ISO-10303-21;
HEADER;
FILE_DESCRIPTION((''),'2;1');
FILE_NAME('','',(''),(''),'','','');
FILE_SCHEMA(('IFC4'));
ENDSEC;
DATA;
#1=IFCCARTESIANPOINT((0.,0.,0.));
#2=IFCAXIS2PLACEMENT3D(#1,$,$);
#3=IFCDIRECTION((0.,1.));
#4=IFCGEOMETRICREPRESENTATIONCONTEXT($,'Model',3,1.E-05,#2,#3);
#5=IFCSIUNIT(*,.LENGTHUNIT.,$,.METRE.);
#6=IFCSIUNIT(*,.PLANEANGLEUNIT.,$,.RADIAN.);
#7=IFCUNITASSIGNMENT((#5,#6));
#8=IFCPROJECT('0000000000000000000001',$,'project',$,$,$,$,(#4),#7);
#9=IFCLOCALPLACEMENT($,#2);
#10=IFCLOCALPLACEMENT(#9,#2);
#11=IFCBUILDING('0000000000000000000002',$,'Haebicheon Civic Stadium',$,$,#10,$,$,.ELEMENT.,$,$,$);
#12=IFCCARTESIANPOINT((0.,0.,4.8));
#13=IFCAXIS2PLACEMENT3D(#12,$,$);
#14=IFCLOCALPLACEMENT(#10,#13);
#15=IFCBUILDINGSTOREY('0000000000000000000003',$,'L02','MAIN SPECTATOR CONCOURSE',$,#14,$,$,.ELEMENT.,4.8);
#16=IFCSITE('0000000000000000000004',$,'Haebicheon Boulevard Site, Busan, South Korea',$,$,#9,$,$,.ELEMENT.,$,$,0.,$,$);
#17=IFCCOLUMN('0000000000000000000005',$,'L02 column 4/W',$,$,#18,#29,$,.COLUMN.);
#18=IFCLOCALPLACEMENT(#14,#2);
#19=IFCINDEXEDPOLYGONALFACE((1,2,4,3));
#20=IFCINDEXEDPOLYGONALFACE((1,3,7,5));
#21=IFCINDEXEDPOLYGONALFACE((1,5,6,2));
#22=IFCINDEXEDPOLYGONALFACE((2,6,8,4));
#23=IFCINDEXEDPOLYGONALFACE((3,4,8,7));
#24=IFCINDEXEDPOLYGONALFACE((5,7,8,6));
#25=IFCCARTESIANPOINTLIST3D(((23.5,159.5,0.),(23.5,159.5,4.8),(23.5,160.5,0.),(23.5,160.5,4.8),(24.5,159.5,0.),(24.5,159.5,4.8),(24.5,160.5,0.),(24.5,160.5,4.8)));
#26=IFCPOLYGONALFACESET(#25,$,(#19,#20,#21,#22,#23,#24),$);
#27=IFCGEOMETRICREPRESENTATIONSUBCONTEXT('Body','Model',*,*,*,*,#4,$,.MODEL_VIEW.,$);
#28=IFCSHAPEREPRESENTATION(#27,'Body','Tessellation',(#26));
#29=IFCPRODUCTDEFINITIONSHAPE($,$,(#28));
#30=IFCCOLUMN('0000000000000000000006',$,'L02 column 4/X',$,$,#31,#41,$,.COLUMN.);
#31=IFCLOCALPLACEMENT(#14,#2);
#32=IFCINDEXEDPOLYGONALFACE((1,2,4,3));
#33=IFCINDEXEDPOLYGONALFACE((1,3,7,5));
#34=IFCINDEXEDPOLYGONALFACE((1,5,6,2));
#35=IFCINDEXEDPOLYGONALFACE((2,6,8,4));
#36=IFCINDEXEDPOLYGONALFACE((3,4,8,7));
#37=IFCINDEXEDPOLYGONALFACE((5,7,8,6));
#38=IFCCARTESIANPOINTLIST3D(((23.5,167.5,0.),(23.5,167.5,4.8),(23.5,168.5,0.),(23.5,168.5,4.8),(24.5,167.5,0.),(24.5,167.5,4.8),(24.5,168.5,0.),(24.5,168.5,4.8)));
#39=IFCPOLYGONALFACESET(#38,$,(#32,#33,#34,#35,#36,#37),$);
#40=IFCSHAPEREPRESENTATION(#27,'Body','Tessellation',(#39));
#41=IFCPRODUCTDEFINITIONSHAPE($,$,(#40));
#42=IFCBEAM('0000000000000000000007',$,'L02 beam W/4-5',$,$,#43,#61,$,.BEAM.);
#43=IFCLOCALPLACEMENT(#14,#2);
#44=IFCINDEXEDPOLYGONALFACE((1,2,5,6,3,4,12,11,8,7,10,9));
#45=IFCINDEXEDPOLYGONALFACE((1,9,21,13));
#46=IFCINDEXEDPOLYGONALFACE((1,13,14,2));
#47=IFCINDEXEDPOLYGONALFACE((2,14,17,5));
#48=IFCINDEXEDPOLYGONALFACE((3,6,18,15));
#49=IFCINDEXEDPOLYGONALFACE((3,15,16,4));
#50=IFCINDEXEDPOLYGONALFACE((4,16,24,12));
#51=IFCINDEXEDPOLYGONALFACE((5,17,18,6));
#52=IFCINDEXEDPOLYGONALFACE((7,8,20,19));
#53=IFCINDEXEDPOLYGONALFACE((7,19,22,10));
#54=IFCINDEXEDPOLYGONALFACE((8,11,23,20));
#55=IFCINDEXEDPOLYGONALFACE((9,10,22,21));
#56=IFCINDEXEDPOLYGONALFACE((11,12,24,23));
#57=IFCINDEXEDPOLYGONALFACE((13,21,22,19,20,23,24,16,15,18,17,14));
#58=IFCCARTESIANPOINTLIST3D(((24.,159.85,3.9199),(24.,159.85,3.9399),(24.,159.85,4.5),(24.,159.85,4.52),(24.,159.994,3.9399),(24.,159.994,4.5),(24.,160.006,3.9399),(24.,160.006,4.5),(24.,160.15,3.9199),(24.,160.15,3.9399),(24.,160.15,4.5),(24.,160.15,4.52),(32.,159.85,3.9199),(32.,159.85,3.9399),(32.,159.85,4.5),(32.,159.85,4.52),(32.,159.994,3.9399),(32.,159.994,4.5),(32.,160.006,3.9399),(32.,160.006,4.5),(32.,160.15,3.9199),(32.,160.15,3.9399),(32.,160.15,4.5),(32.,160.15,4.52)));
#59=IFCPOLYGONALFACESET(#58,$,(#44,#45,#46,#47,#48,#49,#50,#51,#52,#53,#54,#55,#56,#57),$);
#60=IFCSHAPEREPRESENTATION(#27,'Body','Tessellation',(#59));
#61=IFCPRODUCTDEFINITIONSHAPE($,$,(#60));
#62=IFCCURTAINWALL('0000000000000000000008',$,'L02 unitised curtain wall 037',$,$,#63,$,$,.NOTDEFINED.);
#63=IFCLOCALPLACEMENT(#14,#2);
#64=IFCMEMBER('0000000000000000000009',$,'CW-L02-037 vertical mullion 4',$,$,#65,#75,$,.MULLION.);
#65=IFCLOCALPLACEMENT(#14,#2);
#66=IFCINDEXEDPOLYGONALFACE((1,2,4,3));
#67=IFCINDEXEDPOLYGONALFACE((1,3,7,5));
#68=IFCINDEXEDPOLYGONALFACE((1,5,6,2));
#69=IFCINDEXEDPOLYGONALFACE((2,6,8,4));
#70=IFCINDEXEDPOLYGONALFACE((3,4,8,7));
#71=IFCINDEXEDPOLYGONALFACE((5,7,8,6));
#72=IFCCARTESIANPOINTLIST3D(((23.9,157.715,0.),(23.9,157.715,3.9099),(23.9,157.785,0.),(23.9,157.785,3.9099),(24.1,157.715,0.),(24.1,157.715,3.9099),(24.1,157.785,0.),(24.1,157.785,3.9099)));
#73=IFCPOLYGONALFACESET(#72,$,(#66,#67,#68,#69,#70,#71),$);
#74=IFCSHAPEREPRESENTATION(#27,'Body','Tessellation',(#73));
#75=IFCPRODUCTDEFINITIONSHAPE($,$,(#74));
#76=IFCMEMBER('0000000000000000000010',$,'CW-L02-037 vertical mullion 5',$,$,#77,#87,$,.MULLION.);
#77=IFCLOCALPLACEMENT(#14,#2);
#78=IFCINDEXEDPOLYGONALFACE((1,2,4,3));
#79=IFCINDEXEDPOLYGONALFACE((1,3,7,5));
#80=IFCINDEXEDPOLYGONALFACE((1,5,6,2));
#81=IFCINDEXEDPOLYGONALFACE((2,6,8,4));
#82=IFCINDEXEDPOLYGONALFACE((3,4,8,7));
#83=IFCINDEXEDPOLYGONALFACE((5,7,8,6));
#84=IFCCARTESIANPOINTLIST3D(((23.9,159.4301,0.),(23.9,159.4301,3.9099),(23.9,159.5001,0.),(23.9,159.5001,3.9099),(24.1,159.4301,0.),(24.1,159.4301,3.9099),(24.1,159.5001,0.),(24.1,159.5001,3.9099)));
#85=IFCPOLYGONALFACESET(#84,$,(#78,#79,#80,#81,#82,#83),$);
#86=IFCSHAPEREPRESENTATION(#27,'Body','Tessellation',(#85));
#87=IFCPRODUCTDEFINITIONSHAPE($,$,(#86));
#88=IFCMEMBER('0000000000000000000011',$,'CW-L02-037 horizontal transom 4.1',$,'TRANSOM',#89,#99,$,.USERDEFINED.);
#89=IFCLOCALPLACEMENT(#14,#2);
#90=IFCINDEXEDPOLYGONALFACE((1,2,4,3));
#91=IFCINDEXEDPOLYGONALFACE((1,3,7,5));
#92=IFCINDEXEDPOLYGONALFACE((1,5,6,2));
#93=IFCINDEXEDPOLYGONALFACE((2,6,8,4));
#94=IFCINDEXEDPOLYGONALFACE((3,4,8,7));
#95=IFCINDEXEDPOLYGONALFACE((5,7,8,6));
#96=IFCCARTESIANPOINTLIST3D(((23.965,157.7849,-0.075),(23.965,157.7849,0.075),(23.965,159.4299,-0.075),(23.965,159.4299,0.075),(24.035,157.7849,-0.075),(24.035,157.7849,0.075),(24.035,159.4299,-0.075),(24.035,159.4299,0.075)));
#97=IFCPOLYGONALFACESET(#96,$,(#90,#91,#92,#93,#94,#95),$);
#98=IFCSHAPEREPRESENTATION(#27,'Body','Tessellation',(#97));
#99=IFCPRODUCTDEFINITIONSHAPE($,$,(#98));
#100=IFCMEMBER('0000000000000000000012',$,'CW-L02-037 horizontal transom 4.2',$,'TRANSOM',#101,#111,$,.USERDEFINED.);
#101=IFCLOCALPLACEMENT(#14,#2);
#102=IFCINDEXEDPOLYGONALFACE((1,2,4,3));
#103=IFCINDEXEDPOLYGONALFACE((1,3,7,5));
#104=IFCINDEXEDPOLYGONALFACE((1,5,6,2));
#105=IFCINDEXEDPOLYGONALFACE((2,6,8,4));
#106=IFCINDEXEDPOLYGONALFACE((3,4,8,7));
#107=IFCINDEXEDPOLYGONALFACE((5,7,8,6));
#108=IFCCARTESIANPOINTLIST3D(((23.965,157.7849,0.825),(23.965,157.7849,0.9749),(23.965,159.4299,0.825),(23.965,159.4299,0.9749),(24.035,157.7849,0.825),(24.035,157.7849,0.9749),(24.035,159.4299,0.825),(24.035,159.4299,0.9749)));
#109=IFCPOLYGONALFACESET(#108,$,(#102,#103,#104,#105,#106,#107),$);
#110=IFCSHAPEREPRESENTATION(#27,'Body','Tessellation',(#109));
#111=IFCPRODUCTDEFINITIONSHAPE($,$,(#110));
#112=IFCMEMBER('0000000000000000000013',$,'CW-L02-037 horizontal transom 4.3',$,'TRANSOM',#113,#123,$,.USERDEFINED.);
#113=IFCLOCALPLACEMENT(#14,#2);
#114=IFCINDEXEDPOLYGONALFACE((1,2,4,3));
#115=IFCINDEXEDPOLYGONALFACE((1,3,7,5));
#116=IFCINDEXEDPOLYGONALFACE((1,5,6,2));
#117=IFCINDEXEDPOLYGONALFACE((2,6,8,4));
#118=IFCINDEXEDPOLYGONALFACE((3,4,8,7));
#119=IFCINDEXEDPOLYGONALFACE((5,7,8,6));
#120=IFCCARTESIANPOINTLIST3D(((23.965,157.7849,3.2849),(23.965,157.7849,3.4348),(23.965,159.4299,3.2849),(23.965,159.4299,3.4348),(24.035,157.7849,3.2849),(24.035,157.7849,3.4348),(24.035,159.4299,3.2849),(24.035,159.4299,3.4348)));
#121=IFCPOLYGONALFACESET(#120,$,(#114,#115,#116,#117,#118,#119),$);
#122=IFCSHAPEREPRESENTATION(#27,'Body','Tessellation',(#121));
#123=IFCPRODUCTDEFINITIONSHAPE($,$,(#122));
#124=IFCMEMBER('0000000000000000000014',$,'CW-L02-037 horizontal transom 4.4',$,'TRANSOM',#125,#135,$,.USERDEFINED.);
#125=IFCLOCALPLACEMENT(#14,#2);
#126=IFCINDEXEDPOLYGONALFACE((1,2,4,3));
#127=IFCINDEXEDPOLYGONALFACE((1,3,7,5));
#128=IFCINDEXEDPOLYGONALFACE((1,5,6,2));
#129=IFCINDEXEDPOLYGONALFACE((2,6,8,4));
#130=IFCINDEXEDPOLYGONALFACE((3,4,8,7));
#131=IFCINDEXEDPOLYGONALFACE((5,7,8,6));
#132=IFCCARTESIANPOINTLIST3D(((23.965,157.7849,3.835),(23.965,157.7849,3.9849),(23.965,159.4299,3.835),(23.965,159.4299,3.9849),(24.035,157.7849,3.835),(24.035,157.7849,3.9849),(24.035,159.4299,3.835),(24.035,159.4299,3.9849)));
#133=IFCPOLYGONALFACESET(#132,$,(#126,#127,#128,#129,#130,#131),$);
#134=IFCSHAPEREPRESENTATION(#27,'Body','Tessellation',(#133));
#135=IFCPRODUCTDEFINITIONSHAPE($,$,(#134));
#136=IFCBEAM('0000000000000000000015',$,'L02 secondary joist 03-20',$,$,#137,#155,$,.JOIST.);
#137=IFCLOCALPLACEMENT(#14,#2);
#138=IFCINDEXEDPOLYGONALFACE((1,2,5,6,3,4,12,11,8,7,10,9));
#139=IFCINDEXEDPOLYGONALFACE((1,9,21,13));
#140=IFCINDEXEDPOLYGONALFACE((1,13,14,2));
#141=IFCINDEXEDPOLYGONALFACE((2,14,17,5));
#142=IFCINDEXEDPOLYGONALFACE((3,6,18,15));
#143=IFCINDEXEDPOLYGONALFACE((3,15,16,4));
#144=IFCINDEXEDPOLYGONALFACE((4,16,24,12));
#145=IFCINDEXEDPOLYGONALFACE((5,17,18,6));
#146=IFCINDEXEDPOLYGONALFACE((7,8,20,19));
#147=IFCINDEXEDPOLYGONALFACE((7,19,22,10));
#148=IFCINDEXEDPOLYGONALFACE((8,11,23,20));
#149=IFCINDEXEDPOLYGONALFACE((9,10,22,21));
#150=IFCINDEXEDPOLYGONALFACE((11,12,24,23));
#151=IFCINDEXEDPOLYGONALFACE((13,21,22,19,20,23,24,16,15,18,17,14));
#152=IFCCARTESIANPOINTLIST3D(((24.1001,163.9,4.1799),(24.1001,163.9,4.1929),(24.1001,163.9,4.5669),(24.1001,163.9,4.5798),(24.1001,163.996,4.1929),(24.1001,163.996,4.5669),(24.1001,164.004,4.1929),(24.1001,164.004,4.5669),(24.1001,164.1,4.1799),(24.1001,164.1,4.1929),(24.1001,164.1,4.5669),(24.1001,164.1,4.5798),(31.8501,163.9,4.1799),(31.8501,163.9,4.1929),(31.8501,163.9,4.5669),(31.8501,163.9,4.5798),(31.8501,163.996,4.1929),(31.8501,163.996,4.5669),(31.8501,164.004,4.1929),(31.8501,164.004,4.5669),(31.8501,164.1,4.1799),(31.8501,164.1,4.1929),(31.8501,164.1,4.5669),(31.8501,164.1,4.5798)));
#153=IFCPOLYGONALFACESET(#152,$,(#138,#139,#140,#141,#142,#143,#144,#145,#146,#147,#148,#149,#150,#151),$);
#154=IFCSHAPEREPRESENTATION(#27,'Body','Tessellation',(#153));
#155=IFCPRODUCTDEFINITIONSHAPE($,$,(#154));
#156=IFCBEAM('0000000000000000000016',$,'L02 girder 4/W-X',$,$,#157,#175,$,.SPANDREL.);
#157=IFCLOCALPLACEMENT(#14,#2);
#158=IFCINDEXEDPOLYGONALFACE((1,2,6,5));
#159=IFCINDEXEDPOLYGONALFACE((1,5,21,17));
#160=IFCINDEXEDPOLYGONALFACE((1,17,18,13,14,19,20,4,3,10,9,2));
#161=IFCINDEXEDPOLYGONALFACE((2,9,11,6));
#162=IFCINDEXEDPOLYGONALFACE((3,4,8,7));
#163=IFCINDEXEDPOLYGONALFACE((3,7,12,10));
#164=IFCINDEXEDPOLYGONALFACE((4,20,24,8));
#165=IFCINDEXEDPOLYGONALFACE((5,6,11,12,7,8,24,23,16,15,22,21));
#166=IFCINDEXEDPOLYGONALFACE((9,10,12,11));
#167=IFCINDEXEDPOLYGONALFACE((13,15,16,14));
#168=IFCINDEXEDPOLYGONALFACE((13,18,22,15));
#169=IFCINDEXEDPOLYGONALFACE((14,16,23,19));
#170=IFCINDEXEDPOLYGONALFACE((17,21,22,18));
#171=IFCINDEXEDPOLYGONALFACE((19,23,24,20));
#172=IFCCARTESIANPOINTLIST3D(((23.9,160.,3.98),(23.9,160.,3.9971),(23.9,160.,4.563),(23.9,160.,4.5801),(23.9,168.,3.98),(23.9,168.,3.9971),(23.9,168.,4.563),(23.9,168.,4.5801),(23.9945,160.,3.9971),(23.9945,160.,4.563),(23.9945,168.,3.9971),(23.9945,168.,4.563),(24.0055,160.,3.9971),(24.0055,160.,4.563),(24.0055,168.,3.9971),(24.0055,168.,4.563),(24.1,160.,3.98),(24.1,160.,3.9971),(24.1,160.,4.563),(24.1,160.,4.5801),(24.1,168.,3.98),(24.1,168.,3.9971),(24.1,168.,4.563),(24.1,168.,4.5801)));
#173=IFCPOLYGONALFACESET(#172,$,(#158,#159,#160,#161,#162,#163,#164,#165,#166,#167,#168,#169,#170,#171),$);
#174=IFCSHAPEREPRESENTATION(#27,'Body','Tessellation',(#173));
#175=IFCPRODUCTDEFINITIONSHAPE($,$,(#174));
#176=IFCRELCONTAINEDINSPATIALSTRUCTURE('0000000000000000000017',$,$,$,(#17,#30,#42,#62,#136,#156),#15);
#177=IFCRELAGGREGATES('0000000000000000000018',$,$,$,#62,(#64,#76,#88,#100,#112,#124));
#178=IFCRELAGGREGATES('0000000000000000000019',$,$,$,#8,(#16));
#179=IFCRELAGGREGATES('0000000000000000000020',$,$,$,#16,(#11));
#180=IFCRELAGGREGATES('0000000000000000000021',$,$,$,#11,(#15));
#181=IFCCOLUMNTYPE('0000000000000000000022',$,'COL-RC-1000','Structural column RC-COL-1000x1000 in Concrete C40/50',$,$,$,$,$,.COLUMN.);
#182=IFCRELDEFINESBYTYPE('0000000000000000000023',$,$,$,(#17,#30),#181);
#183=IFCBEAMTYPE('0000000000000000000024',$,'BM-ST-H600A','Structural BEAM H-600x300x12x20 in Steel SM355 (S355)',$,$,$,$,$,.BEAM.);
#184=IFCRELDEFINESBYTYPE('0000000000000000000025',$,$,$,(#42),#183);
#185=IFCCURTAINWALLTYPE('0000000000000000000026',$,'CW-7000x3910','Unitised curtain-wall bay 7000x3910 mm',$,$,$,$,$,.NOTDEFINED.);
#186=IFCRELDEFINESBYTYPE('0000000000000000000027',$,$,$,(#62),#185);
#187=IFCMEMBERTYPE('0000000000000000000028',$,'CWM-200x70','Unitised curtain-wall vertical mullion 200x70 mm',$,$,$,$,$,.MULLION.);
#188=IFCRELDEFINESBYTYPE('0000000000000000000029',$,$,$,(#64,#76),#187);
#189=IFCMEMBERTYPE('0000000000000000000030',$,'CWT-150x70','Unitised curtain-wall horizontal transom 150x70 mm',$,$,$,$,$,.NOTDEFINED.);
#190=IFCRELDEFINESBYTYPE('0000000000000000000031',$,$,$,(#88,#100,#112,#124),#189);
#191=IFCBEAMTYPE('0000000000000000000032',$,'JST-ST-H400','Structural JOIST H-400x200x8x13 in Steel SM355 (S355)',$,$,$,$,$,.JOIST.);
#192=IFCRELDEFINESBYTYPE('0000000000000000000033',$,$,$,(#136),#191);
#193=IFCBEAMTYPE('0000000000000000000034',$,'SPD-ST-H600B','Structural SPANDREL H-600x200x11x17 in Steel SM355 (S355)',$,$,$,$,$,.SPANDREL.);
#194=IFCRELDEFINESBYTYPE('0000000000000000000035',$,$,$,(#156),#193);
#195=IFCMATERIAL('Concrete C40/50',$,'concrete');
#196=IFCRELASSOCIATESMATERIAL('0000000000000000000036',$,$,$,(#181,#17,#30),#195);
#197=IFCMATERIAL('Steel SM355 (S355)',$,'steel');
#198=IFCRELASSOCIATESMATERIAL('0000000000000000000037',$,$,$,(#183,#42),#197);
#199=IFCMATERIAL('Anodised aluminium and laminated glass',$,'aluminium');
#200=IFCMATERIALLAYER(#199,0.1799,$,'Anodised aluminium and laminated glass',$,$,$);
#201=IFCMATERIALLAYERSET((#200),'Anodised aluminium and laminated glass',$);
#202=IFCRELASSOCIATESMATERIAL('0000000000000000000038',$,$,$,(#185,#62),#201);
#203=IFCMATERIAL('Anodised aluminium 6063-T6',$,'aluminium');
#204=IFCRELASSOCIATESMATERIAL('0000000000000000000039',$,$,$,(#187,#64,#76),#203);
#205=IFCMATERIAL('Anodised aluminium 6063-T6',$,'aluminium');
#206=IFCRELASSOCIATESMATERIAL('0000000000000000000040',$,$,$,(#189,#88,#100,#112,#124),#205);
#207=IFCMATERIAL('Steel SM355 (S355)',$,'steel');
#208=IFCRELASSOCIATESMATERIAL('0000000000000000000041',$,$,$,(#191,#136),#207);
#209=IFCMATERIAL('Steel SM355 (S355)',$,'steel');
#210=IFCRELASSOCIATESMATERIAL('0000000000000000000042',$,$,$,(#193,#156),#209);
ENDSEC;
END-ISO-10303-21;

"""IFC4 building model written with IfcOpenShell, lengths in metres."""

from ifc_helpers import new_model, si_unit, direction, frame, origin, origin_2d, place, context, subcontext, project, spatial, rectangle, i_section, extrude, material, layer, layer_set, material_profile, profile_set, type_object, element, aggregate, save


model = new_model("IFC4")

# Units and contexts
model_context = context("Model", 3, precision=1e-05, world=origin(), true_north=direction((0.0, 1.0)))
body_context = subcontext(model_context, "Body", "Model", "MODEL_VIEW")
ifc_project = project(units=[si_unit("LENGTHUNIT", "METRE"), si_unit("PLANEANGLEUNIT", "RADIAN")], contexts=[model_context])

# Site, building, storey
site_placement = place(None, origin())
site = spatial("IfcSite", under=ifc_project, at=site_placement, Name="Haebicheon Boulevard Site, Busan, South Korea", CompositionType="ELEMENT", RefElevation=0.0)
building_placement = place(site_placement, origin())
building = spatial("IfcBuilding", under=site, at=building_placement, Name="Haebicheon Civic Stadium", CompositionType="ELEMENT")
storey_placement = place(building_placement, frame((0.0, 0.0, 4.8)))
storey = spatial("IfcBuildingStorey", under=building, at=storey_placement, Name="L02", Description="MAIN SPECTATOR CONCOURSE", CompositionType="ELEMENT", Elevation=4.8)

# Columns
ifc_material_1 = material(Name="Concrete C40/50", Category="concrete")
ifc_material_profile_1 = material_profile(ifc_material_1, rectangle(XDim=1.0, YDim=1.0, at=origin_2d()), Name="RC-COL-1000x1000")
ifc_profile_set_1 = profile_set([ifc_material_profile_1], Name="Concrete C40/50")
column_type = type_object("IfcColumnType", Name="COL-RC-1000", Description="Structural column RC-COL-1000x1000 in Concrete C40/50", PredefinedType="COLUMN", material=ifc_profile_set_1)
for number, where, z_axis, x_axis, name in (
    (1, (24.0, 160.0, 0.0), (0.0, 0.0, 1.0), (1.0, 0.0, 0.0), "L02 column 4/W"),
    (2, (24.0, 168.0, 0.0), (0.0, 0.0, 1.0), (1.0, 0.0, 0.0), "L02 column 4/X"),
):
    element("IfcColumn", number, at=place(storey_placement, frame(where, z_axis=z_axis, x_axis=x_axis)), inside=storey, type_object=column_type, material=ifc_profile_set_1, Name=name, PredefinedType="COLUMN", context=body_context, shape_type="SweptSolid", body=[
        extrude(rectangle(XDim=1.0, YDim=1.0, at=origin_2d()), origin(), (0.0, 0.0, 1.0), 4.8),
    ])

# Beam
ifc_material_2 = material(Name="Steel SM355 (S355)", Category="steel")
ifc_material_profile_2 = material_profile(ifc_material_2, i_section(OverallWidth=0.3, OverallDepth=0.6001, WebThickness=0.012, FlangeThickness=0.02, at=origin_2d()), Name="H-600x300x12x20")
ifc_profile_set_2 = profile_set([ifc_material_profile_2], Name="Steel SM355 (S355)")
beam_type_1 = type_object("IfcBeamType", Name="BM-ST-H600A", Description="Structural BEAM H-600x300x12x20 in Steel SM355 (S355)", PredefinedType="BEAM", material=ifc_profile_set_2)
beam_1_placement = place(storey_placement, frame((24.0, 160.0, 4.22), z_axis=(1.0, 0.0, 0.0), x_axis=(0.0, 1.0, 0.0)))
element("IfcBeam", 3, at=beam_1_placement, inside=storey, type_object=beam_type_1, material=ifc_profile_set_2, Name="L02 beam W/4-5", PredefinedType="BEAM", context=body_context, shape_type="SweptSolid", body=[
    extrude(i_section(OverallWidth=0.3, OverallDepth=0.6001, WebThickness=0.012, FlangeThickness=0.02, at=origin_2d()), origin(), (0.0, 0.0, 1.0), 8.0),
])

# Curtain wall, members
ifc_material_3 = material(Name="Anodised aluminium and laminated glass", Category="aluminium")
ifc_layer_1 = layer(ifc_material_3, 0.1799, Name="Anodised aluminium and laminated glass")
ifc_layer_set_1 = layer_set([ifc_layer_1], Name="Anodised aluminium and laminated glass")
curtain_wall_type = type_object("IfcCurtainWallType", Name="CW-7000x3910", Description="Unitised curtain-wall bay 7000x3910 mm", PredefinedType="NOTDEFINED", material=ifc_layer_set_1)
curtain_wall_placement = place(storey_placement, origin())
curtain_wall = element("IfcCurtainWall", 4, at=curtain_wall_placement, inside=storey, type_object=curtain_wall_type, material=ifc_layer_set_1, Name="L02 unitised curtain wall 037", PredefinedType="NOTDEFINED")
ifc_material_4 = material(Name="Anodised aluminium 6063-T6", Category="aluminium")
ifc_material_profile_3 = material_profile(ifc_material_4, rectangle(XDim=0.0701, YDim=0.2, at=origin_2d()), Name="ALU-MULL-70x200")
ifc_profile_set_3 = profile_set([ifc_material_profile_3], Name="Anodised aluminium 6063-T6")
member_type_1 = type_object("IfcMemberType", Name="CWM-200x70", Description="Unitised curtain-wall vertical mullion 200x70 mm", PredefinedType="MULLION", material=ifc_profile_set_3)
member_1_placement = place(storey_placement, frame((24.0, 157.75, 0.0), z_axis=(0.0, 0.0, 1.0), x_axis=(0.0, 1.0, 0.0)))
member_1 = element("IfcMember", 5, at=member_1_placement, type_object=member_type_1, material=ifc_profile_set_3, Name="CW-L02-037 vertical mullion 4", PredefinedType="MULLION", context=body_context, shape_type="SweptSolid", body=[
    extrude(rectangle(XDim=0.0701, YDim=0.2, at=origin_2d()), origin(), (0.0, 0.0, 1.0), 3.9099),
])
member_2_placement = place(storey_placement, frame((24.0, 159.4651, 0.0), z_axis=(0.0, 0.0, 1.0), x_axis=(0.0, 1.0, 0.0)))
member_2 = element("IfcMember", 6, at=member_2_placement, type_object=member_type_1, material=ifc_profile_set_3, Name="CW-L02-037 vertical mullion 5", PredefinedType="MULLION", context=body_context, shape_type="SweptSolid", body=[
    extrude(rectangle(XDim=0.0701, YDim=0.2, at=origin_2d()), origin(), (0.0, 0.0, 1.0), 3.9099),
])
ifc_material_5 = material(Name="Anodised aluminium 6063-T6", Category="aluminium")
ifc_material_profile_4 = material_profile(ifc_material_5, rectangle(XDim=0.0701, YDim=0.1499, at=origin_2d()), Name="ALU-TRAN-70x150")
ifc_profile_set_4 = profile_set([ifc_material_profile_4], Name="Anodised aluminium 6063-T6")
member_type_2 = type_object("IfcMemberType", Name="CWT-150x70", Description="Unitised curtain-wall horizontal transom 150x70 mm", PredefinedType="NOTDEFINED", material=ifc_profile_set_4)
member_3_placement = place(storey_placement, frame((24.0, 157.7849, 0.0), z_axis=(0.0, 1.0, 0.0), x_axis=(-1.0, 0.0, 0.0)))
member_3 = element("IfcMember", 7, at=member_3_placement, type_object=member_type_2, material=ifc_profile_set_4, Name="CW-L02-037 horizontal transom 4.1", ObjectType="TRANSOM", PredefinedType="USERDEFINED", context=body_context, shape_type="SweptSolid", body=[
    extrude(rectangle(XDim=0.0701, YDim=0.1499, at=origin_2d()), origin(), (0.0, 0.0, 1.0), 1.645),
])
member_4_placement = place(storey_placement, frame((24.0, 157.7849, 0.8999), z_axis=(0.0, 1.0, 0.0), x_axis=(-1.0, 0.0, 0.0)))
member_4 = element("IfcMember", 8, at=member_4_placement, type_object=member_type_2, material=ifc_profile_set_4, Name="CW-L02-037 horizontal transom 4.2", ObjectType="TRANSOM", PredefinedType="USERDEFINED", context=body_context, shape_type="SweptSolid", body=[
    extrude(rectangle(XDim=0.0701, YDim=0.1499, at=origin_2d()), origin(), (0.0, 0.0, 1.0), 1.645),
])
member_5_placement = place(storey_placement, frame((24.0, 157.7849, 3.3599), z_axis=(0.0, 1.0, 0.0), x_axis=(-1.0, 0.0, 0.0)))
member_5 = element("IfcMember", 9, at=member_5_placement, type_object=member_type_2, material=ifc_profile_set_4, Name="CW-L02-037 horizontal transom 4.3", ObjectType="TRANSOM", PredefinedType="USERDEFINED", context=body_context, shape_type="SweptSolid", body=[
    extrude(rectangle(XDim=0.0701, YDim=0.1499, at=origin_2d()), origin(), (0.0, 0.0, 1.0), 1.645),
])
member_6_placement = place(storey_placement, frame((24.0, 157.7849, 3.9099), z_axis=(0.0, 1.0, 0.0), x_axis=(-1.0, 0.0, 0.0)))
member_6 = element("IfcMember", 10, at=member_6_placement, type_object=member_type_2, material=ifc_profile_set_4, Name="CW-L02-037 horizontal transom 4.4", ObjectType="TRANSOM", PredefinedType="USERDEFINED", context=body_context, shape_type="SweptSolid", body=[
    extrude(rectangle(XDim=0.0701, YDim=0.1499, at=origin_2d()), origin(), (0.0, 0.0, 1.0), 1.645),
])

# Beams
ifc_material_6 = material(Name="Steel SM355 (S355)", Category="steel")
ifc_material_profile_5 = material_profile(ifc_material_6, i_section(OverallWidth=0.2, OverallDepth=0.3999, WebThickness=0.0081, FlangeThickness=0.0129, at=origin_2d()), Name="H-400x200x8x13")
ifc_profile_set_5 = profile_set([ifc_material_profile_5], Name="Steel SM355 (S355)")
beam_type_2 = type_object("IfcBeamType", Name="JST-ST-H400", Description="Structural JOIST H-400x200x8x13 in Steel SM355 (S355)", PredefinedType="JOIST", material=ifc_profile_set_5)
beam_2_placement = place(storey_placement, frame((24.1001, 164.0, 4.3799), z_axis=(1.0, 0.0, 0.0), x_axis=(0.0, 1.0, 0.0)))
element("IfcBeam", 11, at=beam_2_placement, inside=storey, type_object=beam_type_2, material=ifc_profile_set_5, Name="L02 secondary joist 03-20", PredefinedType="JOIST", context=body_context, shape_type="SweptSolid", body=[
    extrude(i_section(OverallWidth=0.2, OverallDepth=0.3999, WebThickness=0.0081, FlangeThickness=0.0129, at=origin_2d()), origin(), (0.0, 0.0, 1.0), 7.75),
])
ifc_material_7 = material(Name="Steel SM355 (S355)", Category="steel")
ifc_material_profile_6 = material_profile(ifc_material_7, i_section(OverallWidth=0.2, OverallDepth=0.6001, WebThickness=0.011, FlangeThickness=0.0171, at=origin_2d()), Name="H-600x200x11x17")
ifc_profile_set_6 = profile_set([ifc_material_profile_6], Name="Steel SM355 (S355)")
beam_type_3 = type_object("IfcBeamType", Name="SPD-ST-H600B", Description="Structural SPANDREL H-600x200x11x17 in Steel SM355 (S355)", PredefinedType="SPANDREL", material=ifc_profile_set_6)
for number, where, z_axis, x_axis, name in (
    (12, (24.0, 160.0, 4.28), (0.0, 1.0, 0.0), (-1.0, 0.0, 0.0), "L02 girder 4/W-X"),
):
    element("IfcBeam", number, at=place(storey_placement, frame(where, z_axis=z_axis, x_axis=x_axis)), inside=storey, type_object=beam_type_3, material=ifc_profile_set_6, Name=name, PredefinedType="SPANDREL", context=body_context, shape_type="SweptSolid", body=[
        extrude(i_section(OverallWidth=0.2, OverallDepth=0.6001, WebThickness=0.011, FlangeThickness=0.0171, at=origin_2d()), origin(), (0.0, 0.0, 1.0), 8.0),
    ])

aggregate(curtain_wall, [member_1, member_2, member_3, member_4, member_5, member_6])

save(model, "model.ifc")
